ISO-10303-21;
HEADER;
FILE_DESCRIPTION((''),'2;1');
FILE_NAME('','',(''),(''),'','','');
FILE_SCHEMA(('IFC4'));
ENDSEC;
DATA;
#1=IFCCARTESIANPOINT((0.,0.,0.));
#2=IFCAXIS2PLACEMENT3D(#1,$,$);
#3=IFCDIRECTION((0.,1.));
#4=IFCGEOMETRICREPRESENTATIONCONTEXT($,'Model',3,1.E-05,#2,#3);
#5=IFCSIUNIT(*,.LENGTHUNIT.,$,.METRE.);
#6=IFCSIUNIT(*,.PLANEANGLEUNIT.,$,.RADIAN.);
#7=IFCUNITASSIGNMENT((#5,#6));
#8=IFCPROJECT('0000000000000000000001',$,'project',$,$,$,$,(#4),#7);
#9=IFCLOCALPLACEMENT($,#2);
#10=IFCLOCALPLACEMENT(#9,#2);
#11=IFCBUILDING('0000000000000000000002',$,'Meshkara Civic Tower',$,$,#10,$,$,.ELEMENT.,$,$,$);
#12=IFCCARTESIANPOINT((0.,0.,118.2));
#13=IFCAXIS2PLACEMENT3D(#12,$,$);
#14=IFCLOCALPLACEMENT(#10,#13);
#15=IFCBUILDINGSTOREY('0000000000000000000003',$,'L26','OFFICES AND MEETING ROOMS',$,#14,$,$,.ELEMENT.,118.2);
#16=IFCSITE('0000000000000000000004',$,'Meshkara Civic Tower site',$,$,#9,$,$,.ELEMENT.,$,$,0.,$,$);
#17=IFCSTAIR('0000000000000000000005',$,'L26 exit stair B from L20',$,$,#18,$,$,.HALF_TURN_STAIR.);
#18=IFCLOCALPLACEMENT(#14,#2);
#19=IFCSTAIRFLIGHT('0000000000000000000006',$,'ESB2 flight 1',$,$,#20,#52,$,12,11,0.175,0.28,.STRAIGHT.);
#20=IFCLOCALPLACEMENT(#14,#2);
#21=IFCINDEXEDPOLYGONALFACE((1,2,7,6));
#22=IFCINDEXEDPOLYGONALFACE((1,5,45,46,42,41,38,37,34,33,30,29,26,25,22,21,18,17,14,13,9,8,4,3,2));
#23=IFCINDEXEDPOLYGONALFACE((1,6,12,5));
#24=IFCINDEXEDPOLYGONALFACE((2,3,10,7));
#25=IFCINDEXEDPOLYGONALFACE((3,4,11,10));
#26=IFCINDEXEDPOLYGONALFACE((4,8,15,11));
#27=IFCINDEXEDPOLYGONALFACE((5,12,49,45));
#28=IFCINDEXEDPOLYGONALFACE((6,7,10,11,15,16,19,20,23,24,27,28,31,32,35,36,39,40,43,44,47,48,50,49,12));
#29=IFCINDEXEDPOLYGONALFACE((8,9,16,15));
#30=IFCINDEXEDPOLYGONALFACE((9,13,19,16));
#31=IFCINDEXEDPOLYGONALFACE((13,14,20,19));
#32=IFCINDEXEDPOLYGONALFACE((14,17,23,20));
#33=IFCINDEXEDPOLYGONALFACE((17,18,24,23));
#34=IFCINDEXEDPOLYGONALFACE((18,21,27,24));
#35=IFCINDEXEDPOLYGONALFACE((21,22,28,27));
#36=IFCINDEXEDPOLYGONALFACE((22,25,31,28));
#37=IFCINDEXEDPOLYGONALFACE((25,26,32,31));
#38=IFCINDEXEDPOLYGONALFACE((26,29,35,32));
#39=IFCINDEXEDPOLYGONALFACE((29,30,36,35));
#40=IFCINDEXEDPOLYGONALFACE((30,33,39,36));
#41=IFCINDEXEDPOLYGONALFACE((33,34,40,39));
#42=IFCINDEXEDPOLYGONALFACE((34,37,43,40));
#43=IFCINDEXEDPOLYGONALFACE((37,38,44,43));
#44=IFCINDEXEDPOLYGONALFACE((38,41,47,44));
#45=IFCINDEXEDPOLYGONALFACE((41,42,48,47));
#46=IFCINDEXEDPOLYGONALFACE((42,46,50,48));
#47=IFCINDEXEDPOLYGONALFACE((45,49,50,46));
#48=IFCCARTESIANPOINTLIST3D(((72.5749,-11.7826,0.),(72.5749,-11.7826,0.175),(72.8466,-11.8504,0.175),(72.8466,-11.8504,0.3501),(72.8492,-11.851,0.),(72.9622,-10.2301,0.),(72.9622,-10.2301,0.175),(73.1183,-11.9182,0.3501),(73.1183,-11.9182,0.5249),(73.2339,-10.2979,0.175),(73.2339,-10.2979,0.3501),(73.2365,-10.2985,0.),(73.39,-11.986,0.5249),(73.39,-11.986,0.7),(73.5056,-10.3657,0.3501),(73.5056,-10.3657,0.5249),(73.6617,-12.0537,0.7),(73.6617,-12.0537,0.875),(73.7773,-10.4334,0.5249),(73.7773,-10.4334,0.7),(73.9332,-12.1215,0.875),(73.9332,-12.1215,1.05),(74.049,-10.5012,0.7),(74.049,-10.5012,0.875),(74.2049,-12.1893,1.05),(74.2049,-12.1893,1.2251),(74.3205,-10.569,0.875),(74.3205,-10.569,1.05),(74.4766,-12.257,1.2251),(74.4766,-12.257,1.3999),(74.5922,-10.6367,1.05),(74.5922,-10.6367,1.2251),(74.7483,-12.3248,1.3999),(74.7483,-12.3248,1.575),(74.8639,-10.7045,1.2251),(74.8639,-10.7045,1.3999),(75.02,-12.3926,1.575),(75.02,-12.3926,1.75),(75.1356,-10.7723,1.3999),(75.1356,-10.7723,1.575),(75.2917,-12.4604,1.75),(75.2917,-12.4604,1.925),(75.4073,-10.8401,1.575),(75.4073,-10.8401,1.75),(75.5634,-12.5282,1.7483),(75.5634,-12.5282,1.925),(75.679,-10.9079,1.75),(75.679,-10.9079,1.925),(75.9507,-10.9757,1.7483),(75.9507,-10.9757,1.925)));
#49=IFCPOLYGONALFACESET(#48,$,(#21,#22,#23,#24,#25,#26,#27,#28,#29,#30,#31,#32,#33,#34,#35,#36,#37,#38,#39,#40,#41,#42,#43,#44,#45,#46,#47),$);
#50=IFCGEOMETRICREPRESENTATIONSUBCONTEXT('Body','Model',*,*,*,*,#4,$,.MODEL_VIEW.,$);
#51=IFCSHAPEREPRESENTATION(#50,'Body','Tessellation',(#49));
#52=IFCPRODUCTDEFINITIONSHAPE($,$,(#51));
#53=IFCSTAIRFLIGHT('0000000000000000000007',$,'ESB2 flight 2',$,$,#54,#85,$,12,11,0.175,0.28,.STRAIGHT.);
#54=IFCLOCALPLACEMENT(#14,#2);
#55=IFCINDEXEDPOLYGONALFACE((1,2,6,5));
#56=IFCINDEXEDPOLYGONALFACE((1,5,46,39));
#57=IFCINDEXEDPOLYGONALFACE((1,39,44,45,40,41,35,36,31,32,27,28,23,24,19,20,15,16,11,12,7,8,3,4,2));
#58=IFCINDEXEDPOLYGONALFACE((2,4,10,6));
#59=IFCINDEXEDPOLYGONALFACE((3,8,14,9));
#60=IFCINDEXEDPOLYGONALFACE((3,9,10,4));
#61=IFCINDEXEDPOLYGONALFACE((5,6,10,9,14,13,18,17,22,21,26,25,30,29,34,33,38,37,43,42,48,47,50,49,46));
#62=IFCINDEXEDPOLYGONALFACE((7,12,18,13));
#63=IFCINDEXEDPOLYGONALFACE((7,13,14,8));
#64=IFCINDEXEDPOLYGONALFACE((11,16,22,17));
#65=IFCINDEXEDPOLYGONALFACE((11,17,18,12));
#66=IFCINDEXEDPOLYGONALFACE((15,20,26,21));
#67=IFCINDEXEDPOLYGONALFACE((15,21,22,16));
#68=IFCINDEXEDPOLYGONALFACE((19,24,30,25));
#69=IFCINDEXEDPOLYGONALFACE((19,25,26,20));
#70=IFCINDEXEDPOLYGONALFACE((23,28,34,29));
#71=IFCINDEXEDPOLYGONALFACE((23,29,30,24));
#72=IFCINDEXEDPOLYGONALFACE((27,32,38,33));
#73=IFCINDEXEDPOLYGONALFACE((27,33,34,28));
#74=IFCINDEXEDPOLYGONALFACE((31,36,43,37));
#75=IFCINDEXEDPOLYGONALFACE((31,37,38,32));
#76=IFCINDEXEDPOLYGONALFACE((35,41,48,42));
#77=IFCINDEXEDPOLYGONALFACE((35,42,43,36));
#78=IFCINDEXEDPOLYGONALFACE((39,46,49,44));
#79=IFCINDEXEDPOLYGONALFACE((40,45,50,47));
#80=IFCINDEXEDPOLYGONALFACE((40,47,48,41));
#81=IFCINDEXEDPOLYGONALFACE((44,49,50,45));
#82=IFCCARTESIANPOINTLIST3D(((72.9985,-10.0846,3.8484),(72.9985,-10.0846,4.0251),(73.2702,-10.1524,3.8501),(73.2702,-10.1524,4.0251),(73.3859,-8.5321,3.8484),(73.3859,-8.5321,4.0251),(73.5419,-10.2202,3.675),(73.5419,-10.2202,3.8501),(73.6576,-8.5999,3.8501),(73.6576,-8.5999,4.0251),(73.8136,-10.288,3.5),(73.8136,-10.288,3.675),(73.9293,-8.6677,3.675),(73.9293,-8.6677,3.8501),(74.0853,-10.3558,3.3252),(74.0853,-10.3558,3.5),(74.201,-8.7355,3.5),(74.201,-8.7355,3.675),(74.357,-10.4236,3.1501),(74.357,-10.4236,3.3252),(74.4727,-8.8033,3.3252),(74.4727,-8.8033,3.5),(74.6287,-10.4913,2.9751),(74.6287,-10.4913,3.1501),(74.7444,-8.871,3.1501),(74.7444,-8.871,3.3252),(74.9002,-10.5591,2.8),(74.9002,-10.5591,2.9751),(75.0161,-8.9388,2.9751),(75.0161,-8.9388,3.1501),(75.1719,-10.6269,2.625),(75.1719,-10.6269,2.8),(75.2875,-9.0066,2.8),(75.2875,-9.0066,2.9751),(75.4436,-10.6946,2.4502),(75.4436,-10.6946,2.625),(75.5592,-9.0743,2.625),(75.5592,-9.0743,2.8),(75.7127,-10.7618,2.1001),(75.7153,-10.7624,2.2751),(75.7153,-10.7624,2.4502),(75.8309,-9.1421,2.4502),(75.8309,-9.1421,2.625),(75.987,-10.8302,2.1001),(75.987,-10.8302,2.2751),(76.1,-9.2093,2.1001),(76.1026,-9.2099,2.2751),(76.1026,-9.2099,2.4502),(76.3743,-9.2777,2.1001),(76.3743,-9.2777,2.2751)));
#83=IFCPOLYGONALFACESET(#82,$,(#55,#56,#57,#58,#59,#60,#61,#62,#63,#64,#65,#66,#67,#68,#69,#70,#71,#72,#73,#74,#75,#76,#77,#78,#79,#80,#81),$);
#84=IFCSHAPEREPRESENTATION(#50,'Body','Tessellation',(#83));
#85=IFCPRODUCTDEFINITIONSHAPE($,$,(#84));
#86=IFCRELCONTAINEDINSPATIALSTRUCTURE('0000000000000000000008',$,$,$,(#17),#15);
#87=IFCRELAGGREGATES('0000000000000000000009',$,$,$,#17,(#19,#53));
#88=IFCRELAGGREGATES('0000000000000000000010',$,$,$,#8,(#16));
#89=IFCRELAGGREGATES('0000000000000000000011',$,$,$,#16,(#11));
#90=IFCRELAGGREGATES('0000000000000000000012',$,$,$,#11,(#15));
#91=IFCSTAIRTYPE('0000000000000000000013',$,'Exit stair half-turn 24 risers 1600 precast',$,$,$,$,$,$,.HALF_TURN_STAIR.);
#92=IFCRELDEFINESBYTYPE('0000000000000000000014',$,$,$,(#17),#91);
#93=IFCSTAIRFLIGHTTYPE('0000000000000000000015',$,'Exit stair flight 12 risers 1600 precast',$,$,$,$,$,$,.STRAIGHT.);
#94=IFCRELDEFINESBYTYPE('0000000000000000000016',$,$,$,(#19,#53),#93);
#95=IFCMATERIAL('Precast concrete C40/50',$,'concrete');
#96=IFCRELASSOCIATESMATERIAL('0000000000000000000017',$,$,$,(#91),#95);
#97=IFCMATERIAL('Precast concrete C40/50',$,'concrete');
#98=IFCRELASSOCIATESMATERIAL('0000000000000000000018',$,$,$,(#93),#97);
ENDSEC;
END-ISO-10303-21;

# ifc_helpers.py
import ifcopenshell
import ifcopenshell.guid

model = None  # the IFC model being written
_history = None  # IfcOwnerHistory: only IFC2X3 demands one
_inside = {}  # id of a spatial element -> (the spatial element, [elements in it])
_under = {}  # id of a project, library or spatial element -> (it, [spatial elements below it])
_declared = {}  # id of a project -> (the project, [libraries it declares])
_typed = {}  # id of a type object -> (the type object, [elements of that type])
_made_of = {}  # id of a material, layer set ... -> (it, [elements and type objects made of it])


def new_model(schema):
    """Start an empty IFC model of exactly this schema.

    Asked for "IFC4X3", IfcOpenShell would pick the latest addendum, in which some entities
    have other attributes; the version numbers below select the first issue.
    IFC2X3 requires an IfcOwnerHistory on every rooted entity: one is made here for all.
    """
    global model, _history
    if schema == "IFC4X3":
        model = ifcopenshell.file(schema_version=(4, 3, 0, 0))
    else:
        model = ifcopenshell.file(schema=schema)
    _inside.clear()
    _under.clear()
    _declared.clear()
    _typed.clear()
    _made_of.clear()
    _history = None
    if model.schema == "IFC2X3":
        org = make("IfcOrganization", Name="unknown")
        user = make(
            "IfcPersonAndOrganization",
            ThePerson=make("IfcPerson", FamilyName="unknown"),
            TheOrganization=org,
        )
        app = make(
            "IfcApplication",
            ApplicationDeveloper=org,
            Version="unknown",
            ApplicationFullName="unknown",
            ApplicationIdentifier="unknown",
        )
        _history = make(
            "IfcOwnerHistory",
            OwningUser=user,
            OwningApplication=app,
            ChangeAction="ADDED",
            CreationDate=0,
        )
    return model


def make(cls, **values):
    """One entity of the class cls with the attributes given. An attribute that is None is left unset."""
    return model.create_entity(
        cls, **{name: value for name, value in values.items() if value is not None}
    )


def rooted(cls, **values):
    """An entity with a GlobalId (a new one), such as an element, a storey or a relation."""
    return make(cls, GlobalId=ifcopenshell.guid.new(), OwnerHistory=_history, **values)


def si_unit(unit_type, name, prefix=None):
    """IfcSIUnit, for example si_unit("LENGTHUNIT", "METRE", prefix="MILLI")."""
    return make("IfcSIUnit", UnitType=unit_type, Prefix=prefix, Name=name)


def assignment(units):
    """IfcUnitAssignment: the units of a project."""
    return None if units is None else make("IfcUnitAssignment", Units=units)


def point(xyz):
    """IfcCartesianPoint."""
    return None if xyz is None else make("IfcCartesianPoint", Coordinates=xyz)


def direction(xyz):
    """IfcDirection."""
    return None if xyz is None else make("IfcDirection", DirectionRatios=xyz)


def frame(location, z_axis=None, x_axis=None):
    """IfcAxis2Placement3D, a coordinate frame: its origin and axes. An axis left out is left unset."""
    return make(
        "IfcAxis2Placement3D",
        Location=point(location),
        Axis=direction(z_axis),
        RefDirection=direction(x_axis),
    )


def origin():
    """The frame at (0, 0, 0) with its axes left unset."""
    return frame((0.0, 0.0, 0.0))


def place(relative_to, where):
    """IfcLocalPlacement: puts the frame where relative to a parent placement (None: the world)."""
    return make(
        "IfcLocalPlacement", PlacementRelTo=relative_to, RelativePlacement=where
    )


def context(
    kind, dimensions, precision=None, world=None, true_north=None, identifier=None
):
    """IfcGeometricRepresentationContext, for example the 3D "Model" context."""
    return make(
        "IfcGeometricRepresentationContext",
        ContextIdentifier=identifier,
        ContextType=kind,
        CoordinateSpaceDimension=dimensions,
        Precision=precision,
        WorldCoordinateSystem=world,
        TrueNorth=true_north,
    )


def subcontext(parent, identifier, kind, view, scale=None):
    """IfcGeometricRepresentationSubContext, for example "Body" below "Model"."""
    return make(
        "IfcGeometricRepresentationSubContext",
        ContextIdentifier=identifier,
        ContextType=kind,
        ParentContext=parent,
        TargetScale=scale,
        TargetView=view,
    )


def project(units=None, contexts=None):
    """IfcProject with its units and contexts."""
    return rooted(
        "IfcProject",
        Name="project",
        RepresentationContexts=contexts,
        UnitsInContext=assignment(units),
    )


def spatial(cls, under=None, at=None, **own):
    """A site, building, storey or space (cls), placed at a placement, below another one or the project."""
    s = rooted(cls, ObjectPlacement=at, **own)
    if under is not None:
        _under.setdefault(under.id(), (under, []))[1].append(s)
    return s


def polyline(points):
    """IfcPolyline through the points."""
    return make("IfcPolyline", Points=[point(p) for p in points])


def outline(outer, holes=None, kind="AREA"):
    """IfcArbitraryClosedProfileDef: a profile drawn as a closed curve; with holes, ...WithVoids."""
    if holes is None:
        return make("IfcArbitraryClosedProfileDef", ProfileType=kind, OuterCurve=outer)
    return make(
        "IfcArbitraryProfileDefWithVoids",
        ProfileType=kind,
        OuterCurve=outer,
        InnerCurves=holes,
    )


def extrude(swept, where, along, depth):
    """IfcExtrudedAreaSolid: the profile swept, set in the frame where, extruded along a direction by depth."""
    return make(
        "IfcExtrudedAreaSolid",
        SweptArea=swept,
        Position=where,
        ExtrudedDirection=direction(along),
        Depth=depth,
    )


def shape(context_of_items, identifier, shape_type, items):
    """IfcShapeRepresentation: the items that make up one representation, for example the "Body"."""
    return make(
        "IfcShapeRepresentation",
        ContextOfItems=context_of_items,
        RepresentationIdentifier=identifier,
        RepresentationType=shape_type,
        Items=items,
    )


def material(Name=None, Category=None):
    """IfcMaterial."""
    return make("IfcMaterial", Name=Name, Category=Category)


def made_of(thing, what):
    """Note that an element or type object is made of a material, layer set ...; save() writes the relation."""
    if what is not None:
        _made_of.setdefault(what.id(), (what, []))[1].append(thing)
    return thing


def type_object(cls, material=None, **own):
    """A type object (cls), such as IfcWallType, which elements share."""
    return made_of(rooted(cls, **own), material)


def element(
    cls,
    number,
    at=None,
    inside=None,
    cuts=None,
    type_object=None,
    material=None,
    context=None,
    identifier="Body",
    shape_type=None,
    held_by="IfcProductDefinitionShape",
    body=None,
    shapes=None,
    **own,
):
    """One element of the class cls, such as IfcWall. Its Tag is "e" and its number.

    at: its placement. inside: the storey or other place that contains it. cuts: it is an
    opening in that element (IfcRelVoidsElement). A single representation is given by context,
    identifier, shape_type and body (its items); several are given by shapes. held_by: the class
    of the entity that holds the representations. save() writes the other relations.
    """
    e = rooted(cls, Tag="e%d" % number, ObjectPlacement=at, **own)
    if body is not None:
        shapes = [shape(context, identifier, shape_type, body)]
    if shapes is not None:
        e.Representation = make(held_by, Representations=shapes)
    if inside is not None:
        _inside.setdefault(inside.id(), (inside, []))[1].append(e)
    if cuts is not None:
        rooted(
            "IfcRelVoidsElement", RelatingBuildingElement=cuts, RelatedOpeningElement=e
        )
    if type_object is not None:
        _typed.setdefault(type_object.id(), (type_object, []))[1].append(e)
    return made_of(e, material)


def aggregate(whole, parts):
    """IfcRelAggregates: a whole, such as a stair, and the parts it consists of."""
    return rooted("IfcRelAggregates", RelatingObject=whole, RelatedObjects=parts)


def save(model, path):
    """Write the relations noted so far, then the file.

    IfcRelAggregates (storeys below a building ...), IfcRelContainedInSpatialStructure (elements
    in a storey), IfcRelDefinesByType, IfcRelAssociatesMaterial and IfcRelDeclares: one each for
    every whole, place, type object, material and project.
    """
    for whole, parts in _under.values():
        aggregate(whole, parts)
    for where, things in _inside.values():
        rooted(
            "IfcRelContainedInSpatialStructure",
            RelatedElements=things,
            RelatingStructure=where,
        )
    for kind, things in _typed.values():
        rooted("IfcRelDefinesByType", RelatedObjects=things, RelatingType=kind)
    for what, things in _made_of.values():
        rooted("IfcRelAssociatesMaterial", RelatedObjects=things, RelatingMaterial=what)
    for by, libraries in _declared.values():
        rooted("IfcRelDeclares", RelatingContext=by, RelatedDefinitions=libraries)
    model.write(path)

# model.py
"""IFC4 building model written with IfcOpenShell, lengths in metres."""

from ifc_helpers import new_model, si_unit, direction, frame, origin, place, context, subcontext, project, spatial, polyline, outline, extrude, material, type_object, element, aggregate, save


model = new_model("IFC4")

# Units and contexts
model_context = context("Model", 3, precision=1e-05, world=origin(), true_north=direction((0.0, 1.0)))
body_context = subcontext(model_context, "Body", "Model", "MODEL_VIEW")
ifc_project = project(units=[si_unit("LENGTHUNIT", "METRE"), si_unit("PLANEANGLEUNIT", "RADIAN")], contexts=[model_context])

# Site, building, storey
site_placement = place(None, origin())
site = spatial("IfcSite", under=ifc_project, at=site_placement, Name="Meshkara Civic Tower site", CompositionType="ELEMENT", RefElevation=0.0)
building_placement = place(site_placement, origin())
building = spatial("IfcBuilding", under=site, at=building_placement, Name="Meshkara Civic Tower", CompositionType="ELEMENT")
storey_placement = place(building_placement, frame((0.0, 0.0, 118.2)))
storey = spatial("IfcBuildingStorey", under=building, at=storey_placement, Name="L26", Description="OFFICES AND MEETING ROOMS", CompositionType="ELEMENT", Elevation=118.2)

# Stair, stair flights
ifc_material_1 = material(Name="Precast concrete C40/50", Category="concrete")
stair_type = type_object("IfcStairType", Name="Exit stair half-turn 24 risers 1600 precast", PredefinedType="HALF_TURN_STAIR", material=ifc_material_1)
stair_placement = place(storey_placement, origin())
stair = element("IfcStair", 1, at=stair_placement, inside=storey, type_object=stair_type, Name="L26 exit stair B from L20", PredefinedType="HALF_TURN_STAIR")
ifc_material_2 = material(Name="Precast concrete C40/50", Category="concrete")
stair_flight_type = type_object("IfcStairFlightType", Name="Exit stair flight 12 risers 1600 precast", PredefinedType="STRAIGHT", material=ifc_material_2)
stair_flight_1_placement = place(storey_placement, frame((72.7686, -11.0063, 0.0), z_axis=(0.0, 0.0, 1.0), x_axis=(0.97026, -0.242065, 0.0)))
stair_flight_1 = element("IfcStairFlight", 2, at=stair_flight_1_placement, type_object=stair_flight_type, Name="ESB2 flight 1", NumberOfRisers=12, NumberOfTreads=11, PredefinedType="STRAIGHT", RiserHeight=0.175, TreadLength=0.28, context=body_context, shape_type="SweptSolid", body=[
    extrude(outline(polyline([(0.0, 0.0), (0.0, 0.175), (0.28, 0.175), (0.28, 0.3501), (0.5601, 0.3501), (0.5601, 0.5249), (0.8401, 0.5249), (0.8401, 0.7), (1.1201, 0.7), (1.1201, 0.875), (1.3999, 0.875), (1.3999, 1.05), (1.6799, 1.05), (1.6799, 1.2251), (1.96, 1.2251), (1.96, 1.3999), (2.24, 1.3999), (2.24, 1.575), (2.52, 1.575), (2.52, 1.75), (2.8, 1.75), (2.8, 1.925), (3.0801, 1.925), (3.0801, 2.1001), (3.0801, 1.7483), (0.2827, 0.0), (0.0, 0.0)])), frame((0.0, 0.8, 0.0), z_axis=(0.0, -1.0, 0.0), x_axis=(1.0, 0.0, 0.0)), (0.0, 0.0, 1.0), 1.6001),
])
stair_flight_2_placement = place(storey_placement, frame((76.1807, -10.054, 2.1001), z_axis=(0.0, 0.0, 1.0), x_axis=(-0.97026, 0.242065, 0.0)))
stair_flight_2 = element("IfcStairFlight", 3, at=stair_flight_2_placement, type_object=stair_flight_type, Name="ESB2 flight 2", NumberOfRisers=12, NumberOfTreads=11, PredefinedType="STRAIGHT", RiserHeight=0.175, TreadLength=0.28, context=body_context, shape_type="SweptSolid", body=[
    extrude(outline(polyline([(0.0, 0.0), (0.0, 0.175), (0.28, 0.175), (0.28, 0.3501), (0.5601, 0.3501), (0.5601, 0.5249), (0.8401, 0.5249), (0.8401, 0.7), (1.1201, 0.7), (1.1201, 0.875), (1.3999, 0.875), (1.3999, 1.05), (1.6799, 1.05), (1.6799, 1.2251), (1.96, 1.2251), (1.96, 1.3999), (2.24, 1.3999), (2.24, 1.575), (2.52, 1.575), (2.52, 1.75), (2.8, 1.75), (2.8, 1.925), (3.0801, 1.925), (3.0801, 2.1001), (3.0801, 1.7483), (0.2827, 0.0), (0.0, 0.0)])), frame((0.0, 0.8, 0.0), z_axis=(0.0, -1.0, 0.0), x_axis=(1.0, 0.0, 0.0)), (0.0, 0.0, 1.0), 1.6001),
])
aggregate(stair, [stair_flight_1, stair_flight_2])

save(model, "model.ifc")
